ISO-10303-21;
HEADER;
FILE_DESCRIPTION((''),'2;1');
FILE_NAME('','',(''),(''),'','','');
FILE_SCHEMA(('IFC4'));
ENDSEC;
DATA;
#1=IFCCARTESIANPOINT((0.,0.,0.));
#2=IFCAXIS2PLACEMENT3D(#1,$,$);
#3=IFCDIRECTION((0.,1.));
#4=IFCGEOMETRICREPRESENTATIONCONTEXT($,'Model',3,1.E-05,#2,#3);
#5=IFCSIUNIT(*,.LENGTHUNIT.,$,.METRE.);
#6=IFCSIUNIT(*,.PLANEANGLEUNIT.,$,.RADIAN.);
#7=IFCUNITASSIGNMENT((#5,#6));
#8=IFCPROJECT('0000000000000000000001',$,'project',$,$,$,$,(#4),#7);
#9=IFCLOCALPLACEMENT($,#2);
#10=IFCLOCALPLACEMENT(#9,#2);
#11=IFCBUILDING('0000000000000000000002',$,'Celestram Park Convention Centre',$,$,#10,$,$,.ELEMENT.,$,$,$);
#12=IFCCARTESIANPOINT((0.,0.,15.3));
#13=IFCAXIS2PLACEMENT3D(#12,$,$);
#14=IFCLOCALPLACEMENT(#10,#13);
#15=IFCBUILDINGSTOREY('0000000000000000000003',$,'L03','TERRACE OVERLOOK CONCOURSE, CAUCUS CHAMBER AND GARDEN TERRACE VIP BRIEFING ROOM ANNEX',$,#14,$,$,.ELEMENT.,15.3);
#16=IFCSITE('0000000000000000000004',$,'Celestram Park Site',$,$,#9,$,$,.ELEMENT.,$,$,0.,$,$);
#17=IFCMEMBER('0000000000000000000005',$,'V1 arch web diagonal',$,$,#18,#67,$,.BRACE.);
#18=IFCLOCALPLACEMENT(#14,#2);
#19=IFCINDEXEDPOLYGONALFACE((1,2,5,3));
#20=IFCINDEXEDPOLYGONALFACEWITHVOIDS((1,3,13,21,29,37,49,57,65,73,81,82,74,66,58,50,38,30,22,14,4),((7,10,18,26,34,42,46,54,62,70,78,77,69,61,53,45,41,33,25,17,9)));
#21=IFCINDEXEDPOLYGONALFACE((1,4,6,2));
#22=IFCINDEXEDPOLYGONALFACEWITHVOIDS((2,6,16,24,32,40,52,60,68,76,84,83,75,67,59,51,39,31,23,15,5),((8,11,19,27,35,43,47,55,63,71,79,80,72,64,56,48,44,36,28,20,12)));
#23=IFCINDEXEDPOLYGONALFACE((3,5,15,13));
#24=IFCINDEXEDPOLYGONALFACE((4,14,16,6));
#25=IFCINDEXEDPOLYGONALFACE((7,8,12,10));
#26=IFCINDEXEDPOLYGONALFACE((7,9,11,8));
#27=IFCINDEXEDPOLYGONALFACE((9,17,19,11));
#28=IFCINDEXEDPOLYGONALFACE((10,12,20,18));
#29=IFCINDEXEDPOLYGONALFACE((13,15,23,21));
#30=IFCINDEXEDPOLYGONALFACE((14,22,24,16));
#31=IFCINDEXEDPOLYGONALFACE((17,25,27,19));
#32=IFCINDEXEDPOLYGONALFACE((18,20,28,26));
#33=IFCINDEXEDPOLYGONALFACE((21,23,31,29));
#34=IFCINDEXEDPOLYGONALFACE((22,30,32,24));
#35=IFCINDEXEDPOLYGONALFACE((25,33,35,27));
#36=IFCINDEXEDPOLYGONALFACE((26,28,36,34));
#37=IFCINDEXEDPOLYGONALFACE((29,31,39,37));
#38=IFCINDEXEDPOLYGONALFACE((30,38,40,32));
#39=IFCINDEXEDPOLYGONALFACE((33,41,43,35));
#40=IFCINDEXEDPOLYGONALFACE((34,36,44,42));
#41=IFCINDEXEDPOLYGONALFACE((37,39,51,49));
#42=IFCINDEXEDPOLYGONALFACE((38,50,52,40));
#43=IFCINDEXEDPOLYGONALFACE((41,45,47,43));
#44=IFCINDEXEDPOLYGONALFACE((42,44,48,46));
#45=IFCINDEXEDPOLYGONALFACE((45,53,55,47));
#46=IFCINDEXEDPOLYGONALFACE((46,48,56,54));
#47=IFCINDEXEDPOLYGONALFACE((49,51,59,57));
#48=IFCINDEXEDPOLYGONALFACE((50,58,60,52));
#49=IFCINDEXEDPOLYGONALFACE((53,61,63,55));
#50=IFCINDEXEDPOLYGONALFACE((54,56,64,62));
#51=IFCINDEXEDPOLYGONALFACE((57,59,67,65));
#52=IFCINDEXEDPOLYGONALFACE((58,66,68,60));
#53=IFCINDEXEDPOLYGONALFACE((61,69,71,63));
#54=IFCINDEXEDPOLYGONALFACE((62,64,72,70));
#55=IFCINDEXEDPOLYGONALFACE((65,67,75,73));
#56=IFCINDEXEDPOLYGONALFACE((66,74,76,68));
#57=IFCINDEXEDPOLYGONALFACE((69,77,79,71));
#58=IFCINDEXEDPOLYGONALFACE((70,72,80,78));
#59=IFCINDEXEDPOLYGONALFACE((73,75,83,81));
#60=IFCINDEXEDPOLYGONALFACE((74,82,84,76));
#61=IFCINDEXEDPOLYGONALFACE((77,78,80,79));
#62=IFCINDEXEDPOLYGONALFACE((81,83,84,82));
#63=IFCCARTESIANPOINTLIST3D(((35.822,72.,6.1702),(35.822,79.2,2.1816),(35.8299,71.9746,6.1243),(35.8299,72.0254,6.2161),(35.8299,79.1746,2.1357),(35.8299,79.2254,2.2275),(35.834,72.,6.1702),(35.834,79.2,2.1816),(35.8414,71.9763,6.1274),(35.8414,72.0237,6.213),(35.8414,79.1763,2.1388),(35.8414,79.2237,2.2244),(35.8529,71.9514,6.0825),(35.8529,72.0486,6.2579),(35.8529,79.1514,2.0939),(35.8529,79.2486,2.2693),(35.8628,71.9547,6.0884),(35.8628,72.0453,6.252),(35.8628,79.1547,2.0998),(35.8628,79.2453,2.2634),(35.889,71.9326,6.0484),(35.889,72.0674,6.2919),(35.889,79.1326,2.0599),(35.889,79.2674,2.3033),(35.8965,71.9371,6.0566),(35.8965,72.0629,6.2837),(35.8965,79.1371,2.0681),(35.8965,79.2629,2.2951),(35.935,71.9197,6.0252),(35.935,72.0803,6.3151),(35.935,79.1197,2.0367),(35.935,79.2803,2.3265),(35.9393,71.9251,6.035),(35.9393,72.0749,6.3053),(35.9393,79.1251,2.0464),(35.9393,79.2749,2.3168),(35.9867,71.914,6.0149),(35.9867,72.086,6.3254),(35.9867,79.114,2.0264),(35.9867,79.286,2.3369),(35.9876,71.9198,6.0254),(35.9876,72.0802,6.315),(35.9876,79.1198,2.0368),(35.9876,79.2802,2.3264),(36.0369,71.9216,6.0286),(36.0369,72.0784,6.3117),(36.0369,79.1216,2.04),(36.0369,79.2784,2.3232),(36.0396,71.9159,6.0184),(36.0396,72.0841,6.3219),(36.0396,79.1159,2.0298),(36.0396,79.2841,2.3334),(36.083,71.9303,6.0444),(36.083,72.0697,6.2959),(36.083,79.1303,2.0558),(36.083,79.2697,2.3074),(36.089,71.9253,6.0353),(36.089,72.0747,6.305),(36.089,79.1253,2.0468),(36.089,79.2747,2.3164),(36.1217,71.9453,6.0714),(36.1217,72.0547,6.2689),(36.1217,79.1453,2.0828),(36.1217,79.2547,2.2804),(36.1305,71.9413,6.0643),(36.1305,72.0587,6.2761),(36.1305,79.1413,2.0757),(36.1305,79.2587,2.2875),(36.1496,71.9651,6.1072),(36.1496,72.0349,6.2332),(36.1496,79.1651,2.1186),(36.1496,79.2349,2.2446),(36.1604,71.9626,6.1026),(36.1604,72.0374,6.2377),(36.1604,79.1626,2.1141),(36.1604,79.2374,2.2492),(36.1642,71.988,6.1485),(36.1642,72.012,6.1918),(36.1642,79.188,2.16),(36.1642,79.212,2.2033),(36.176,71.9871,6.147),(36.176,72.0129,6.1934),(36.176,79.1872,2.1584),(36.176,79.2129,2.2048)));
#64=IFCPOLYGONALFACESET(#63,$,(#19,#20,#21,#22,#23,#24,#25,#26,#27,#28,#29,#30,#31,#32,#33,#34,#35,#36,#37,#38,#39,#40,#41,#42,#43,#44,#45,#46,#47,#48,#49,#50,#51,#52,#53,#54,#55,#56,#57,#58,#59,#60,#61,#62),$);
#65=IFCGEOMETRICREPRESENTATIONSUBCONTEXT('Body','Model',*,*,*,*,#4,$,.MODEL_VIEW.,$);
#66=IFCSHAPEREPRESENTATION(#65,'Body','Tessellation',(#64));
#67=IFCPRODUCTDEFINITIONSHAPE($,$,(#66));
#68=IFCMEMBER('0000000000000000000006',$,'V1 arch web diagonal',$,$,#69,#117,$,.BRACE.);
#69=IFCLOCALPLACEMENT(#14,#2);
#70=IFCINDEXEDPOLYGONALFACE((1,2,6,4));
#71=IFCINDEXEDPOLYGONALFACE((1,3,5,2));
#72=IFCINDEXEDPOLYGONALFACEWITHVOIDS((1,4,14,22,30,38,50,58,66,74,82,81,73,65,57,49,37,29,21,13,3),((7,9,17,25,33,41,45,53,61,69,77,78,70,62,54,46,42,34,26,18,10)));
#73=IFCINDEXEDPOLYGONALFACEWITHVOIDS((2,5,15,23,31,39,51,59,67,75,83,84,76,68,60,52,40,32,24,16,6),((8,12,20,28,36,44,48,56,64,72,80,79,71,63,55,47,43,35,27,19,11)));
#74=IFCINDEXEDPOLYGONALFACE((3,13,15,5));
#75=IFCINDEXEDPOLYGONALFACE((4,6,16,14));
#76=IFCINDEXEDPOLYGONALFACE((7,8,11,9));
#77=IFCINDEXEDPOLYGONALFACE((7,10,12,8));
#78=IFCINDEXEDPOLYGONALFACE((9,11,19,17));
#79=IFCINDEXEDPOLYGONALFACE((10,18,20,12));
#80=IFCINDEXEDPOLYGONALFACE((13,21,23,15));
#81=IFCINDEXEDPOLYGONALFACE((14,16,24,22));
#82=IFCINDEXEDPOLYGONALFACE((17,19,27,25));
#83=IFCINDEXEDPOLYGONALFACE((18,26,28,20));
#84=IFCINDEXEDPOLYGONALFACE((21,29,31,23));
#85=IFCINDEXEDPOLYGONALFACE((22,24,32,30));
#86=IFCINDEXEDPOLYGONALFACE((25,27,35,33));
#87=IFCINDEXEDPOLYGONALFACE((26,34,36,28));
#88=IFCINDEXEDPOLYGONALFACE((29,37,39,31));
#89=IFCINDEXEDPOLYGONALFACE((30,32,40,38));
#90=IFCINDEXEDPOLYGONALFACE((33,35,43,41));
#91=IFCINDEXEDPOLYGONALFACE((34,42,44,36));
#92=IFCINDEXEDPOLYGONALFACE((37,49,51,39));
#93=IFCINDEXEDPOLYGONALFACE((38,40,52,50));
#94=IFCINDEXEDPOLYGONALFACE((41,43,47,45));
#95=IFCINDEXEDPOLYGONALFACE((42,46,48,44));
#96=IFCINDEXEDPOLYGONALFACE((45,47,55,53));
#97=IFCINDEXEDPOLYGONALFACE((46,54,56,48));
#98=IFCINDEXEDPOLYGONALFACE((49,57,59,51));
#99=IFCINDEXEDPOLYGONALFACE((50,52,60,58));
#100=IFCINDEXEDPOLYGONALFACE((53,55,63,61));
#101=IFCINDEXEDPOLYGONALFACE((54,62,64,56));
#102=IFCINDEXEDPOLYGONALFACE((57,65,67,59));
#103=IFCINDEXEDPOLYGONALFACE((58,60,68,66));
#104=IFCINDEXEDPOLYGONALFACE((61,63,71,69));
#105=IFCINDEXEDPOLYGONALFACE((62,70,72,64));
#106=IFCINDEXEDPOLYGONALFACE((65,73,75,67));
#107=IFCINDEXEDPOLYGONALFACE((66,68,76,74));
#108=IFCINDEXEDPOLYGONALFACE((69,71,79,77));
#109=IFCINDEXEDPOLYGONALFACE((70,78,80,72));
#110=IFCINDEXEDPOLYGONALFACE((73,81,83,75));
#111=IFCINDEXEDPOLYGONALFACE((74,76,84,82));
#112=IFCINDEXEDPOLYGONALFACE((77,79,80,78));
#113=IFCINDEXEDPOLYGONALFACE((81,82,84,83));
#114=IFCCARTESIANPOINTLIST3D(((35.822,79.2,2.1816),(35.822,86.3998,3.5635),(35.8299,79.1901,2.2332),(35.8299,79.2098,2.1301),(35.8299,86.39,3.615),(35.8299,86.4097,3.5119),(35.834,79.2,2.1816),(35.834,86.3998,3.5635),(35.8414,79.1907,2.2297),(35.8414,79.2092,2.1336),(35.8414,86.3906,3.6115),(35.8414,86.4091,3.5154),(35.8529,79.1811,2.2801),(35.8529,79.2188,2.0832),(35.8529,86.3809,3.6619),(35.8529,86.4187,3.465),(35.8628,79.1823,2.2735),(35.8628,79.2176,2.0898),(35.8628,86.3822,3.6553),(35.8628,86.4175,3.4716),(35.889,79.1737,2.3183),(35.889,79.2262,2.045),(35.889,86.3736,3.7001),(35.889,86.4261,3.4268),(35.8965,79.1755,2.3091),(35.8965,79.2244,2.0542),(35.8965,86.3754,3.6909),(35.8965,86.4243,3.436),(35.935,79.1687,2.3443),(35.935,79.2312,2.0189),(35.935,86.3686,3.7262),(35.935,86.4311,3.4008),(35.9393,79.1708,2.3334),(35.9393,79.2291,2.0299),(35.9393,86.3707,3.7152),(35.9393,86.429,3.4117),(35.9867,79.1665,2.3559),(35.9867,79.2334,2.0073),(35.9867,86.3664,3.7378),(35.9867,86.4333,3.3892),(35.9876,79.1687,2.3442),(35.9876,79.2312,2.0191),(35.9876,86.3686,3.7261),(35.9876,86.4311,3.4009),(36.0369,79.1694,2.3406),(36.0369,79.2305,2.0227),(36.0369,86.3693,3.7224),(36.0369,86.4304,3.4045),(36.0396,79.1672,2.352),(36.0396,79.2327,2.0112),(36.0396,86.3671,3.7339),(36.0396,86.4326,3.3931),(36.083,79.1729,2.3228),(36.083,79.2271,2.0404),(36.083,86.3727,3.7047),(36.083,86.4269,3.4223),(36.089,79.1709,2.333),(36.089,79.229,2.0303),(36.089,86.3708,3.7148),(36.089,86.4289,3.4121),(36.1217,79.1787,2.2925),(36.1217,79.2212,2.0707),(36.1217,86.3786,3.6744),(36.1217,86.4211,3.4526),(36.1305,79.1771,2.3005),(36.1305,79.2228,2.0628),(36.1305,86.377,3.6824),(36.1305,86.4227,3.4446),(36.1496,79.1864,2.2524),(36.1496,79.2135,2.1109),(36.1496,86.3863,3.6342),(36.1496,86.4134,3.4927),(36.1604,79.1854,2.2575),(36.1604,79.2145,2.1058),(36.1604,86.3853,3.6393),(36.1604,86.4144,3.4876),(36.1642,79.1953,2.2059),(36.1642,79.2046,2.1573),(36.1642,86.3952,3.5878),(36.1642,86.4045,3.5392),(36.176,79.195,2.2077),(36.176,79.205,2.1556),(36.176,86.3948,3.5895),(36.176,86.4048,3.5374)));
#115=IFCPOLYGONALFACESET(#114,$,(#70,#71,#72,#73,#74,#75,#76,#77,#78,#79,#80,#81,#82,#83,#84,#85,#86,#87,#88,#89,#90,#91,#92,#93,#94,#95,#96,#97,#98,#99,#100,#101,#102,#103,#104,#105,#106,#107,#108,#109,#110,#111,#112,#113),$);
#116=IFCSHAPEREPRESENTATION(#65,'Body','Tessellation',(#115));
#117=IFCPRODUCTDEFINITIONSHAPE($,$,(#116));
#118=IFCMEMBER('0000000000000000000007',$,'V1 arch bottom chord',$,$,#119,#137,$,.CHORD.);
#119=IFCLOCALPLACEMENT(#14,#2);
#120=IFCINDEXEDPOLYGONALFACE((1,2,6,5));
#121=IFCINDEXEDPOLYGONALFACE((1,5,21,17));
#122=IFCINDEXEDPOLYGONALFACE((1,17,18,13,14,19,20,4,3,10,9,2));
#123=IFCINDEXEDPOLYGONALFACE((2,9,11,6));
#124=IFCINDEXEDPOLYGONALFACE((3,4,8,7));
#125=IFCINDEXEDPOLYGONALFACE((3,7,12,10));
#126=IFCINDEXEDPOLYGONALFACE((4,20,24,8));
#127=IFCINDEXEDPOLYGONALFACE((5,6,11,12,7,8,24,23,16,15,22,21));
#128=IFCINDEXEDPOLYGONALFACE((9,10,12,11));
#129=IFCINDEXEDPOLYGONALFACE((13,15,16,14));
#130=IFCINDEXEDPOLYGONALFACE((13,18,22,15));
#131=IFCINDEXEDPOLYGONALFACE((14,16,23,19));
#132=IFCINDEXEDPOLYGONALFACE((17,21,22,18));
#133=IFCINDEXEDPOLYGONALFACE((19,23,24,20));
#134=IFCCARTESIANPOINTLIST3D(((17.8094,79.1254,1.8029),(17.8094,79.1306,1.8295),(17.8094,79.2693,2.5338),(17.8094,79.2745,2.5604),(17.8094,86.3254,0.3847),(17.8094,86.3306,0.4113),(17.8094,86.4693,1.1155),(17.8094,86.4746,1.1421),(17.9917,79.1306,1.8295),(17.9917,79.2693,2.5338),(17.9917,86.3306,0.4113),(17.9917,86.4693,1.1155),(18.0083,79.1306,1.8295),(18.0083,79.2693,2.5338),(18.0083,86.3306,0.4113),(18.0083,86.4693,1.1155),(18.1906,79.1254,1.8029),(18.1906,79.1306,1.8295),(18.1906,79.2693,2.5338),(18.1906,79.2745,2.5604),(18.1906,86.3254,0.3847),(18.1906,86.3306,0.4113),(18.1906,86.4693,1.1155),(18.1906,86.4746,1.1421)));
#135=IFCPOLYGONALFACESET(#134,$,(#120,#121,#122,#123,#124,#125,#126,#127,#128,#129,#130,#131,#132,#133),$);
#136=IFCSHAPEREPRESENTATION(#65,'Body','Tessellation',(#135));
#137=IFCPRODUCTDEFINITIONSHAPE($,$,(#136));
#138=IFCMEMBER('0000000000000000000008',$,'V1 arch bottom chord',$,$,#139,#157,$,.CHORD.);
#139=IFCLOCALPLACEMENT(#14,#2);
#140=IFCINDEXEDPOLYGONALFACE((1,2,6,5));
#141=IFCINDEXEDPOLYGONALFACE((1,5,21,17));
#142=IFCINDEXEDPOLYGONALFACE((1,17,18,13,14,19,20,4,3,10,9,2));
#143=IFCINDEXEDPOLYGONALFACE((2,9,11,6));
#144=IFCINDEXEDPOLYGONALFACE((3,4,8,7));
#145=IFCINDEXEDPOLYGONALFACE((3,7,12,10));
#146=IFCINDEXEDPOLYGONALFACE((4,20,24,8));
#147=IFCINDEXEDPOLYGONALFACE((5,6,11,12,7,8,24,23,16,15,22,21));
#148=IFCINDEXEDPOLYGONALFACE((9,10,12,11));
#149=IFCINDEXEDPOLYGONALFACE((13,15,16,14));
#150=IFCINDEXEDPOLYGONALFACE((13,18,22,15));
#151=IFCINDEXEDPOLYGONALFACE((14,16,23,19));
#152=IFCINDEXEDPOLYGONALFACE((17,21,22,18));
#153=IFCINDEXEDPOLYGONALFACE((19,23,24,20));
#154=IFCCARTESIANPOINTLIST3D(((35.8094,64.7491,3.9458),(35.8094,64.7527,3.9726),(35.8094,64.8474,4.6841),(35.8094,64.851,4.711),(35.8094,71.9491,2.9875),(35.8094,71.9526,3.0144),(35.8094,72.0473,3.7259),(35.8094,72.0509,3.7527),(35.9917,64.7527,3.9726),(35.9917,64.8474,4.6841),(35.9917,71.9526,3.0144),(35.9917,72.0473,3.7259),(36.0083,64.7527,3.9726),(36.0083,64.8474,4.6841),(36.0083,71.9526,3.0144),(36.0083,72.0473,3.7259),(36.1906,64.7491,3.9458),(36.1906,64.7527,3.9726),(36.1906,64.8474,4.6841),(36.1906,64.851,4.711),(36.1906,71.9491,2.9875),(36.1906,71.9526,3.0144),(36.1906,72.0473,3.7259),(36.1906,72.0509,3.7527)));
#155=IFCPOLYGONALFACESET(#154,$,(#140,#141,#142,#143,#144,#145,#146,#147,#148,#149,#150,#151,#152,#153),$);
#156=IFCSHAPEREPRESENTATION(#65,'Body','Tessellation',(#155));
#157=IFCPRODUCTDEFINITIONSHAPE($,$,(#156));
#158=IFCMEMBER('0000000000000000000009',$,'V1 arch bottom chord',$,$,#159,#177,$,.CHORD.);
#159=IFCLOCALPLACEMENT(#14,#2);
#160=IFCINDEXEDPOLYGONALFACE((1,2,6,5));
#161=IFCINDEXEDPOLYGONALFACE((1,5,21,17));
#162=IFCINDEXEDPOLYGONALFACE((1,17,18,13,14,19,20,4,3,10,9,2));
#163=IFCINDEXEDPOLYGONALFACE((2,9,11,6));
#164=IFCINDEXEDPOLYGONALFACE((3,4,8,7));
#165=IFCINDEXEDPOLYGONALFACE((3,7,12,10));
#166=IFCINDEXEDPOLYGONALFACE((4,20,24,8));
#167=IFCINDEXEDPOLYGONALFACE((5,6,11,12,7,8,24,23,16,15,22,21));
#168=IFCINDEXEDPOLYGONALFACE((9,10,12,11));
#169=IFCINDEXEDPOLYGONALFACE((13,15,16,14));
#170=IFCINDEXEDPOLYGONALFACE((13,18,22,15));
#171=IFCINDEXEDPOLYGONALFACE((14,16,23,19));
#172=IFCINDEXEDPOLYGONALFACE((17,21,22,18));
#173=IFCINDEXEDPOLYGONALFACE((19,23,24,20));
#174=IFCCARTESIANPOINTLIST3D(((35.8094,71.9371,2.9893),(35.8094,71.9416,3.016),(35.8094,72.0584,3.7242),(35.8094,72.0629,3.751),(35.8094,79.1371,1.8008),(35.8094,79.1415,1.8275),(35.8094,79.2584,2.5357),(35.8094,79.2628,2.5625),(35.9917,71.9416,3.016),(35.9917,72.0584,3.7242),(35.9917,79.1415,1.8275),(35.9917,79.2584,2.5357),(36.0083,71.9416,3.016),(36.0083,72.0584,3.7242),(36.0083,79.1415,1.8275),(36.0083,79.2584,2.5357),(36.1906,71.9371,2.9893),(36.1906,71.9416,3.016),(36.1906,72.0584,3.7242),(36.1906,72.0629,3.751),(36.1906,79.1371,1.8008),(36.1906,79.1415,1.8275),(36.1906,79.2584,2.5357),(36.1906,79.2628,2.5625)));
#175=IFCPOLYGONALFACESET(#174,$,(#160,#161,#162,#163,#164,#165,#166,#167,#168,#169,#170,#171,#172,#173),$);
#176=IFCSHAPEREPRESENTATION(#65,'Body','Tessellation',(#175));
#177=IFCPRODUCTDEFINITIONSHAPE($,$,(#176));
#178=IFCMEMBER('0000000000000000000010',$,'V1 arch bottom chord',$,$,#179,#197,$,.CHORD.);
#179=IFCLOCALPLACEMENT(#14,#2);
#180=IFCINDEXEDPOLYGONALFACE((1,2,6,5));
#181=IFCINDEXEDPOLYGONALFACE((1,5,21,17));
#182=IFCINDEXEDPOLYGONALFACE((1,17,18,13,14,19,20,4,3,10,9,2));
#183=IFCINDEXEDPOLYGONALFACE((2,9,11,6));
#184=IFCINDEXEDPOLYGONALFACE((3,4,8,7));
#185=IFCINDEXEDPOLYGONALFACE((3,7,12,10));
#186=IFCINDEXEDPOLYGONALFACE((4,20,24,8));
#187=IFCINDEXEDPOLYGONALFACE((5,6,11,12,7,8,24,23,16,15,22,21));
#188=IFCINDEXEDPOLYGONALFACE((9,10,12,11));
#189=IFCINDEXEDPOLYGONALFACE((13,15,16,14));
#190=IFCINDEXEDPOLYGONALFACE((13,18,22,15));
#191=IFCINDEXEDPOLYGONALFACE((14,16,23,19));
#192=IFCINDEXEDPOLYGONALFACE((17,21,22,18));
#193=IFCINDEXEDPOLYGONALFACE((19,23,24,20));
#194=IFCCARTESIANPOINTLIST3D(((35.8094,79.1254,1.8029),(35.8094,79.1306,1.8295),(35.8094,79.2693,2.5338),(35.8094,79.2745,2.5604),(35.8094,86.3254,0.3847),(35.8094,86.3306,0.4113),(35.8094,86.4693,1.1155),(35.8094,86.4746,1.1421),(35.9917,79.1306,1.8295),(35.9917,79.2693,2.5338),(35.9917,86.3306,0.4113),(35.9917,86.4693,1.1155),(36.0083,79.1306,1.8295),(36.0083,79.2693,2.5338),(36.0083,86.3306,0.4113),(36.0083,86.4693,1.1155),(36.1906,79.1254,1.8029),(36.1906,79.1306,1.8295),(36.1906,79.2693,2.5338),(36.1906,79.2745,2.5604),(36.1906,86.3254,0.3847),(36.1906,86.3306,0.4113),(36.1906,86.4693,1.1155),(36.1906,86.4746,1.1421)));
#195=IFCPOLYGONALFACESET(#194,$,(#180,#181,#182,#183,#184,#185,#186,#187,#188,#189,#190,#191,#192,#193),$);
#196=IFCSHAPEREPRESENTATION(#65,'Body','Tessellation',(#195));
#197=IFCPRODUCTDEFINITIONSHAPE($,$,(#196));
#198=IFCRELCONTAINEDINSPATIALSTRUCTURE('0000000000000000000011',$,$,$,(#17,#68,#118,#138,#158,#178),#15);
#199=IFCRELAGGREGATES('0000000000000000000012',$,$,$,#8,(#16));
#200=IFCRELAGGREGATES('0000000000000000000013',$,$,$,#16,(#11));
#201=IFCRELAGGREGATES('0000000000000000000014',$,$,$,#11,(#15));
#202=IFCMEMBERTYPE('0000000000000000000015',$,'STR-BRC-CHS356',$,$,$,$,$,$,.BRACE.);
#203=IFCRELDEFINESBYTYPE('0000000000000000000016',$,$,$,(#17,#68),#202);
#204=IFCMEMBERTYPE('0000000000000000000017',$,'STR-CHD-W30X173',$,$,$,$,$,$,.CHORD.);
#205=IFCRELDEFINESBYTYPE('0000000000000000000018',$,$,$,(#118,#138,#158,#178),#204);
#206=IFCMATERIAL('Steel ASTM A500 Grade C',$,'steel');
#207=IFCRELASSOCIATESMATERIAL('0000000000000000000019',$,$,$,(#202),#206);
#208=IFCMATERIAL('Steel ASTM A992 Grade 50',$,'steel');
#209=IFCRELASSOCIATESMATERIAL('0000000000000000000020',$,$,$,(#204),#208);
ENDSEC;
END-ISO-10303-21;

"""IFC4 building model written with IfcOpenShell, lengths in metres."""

from ifc_helpers import new_model, si_unit, direction, frame, origin, origin_2d, place, context, subcontext, project, spatial, hollow_circle, i_section, extrude, material, material_profile, profile_set, type_object, element, save


model = new_model("IFC4")

# Units and contexts
model_context = context("Model", 3, precision=1e-05, world=origin(), true_north=direction((0.0, 1.0)))
body_context = subcontext(model_context, "Body", "Model", "MODEL_VIEW")
ifc_project = project(units=[si_unit("LENGTHUNIT", "METRE"), si_unit("PLANEANGLEUNIT", "RADIAN")], contexts=[model_context])

# Site, building, storey
site_placement = place(None, origin())
site = spatial("IfcSite", under=ifc_project, at=site_placement, Name="Celestram Park Site", CompositionType="ELEMENT", RefElevation=0.0)
building_placement = place(site_placement, origin())
building = spatial("IfcBuilding", under=site, at=building_placement, Name="Celestram Park Convention Centre", CompositionType="ELEMENT")
storey_placement = place(building_placement, frame((0.0, 0.0, 15.3)))
storey = spatial("IfcBuildingStorey", under=building, at=storey_placement, Name="L03", Description="TERRACE OVERLOOK CONCOURSE, CAUCUS CHAMBER AND GARDEN TERRACE VIP BRIEFING ROOM ANNEX", CompositionType="ELEMENT", Elevation=15.3)

# Members
ifc_material_1 = material(Name="Steel ASTM A500 Grade C", Category="steel")
ifc_material_profile_1 = material_profile(ifc_material_1, hollow_circle(Radius=0.178, WallThickness=0.012, at=origin_2d()), Name="CHS356X12")
ifc_profile_set_1 = profile_set([ifc_material_profile_1], Name="Steel ASTM A500 Grade C")
member_type_1 = type_object("IfcMemberType", Name="STR-BRC-CHS356", PredefinedType="BRACE", material=ifc_profile_set_1)
member_1_placement = place(storey_placement, frame((36.0, 72.0, 6.1702), z_axis=(0.0, 0.874747, -0.48458), x_axis=(-1.0, 0.0, 0.0)))
element("IfcMember", 1, at=member_1_placement, inside=storey, type_object=member_type_1, Name="V1 arch web diagonal", PredefinedType="BRACE", context=body_context, shape_type="SweptSolid", body=[
    extrude(hollow_circle(Radius=0.178, WallThickness=0.012, at=origin_2d()), origin(), (0.0, 0.0, 1.0), 8.231),
])
member_2_placement = place(storey_placement, frame((36.0, 79.2, 2.1816), z_axis=(0.0, 0.982076, 0.188483), x_axis=(-1.0, 0.0, 0.0)))
element("IfcMember", 2, at=member_2_placement, inside=storey, type_object=member_type_1, Name="V1 arch web diagonal", PredefinedType="BRACE", context=body_context, shape_type="SweptSolid", body=[
    extrude(hollow_circle(Radius=0.178, WallThickness=0.012, at=origin_2d()), origin(), (0.0, 0.0, 1.0), 7.3313),
])
ifc_material_2 = material(Name="Steel ASTM A992 Grade 50", Category="steel")
ifc_material_profile_2 = material_profile(ifc_material_2, i_section(OverallWidth=0.3811, OverallDepth=0.772, WebThickness=0.0166, FlangeThickness=0.0271, at=origin_2d()), Name="W30X173")
ifc_profile_set_2 = profile_set([ifc_material_profile_2], Name="Steel ASTM A992 Grade 50")
member_type_2 = type_object("IfcMemberType", Name="STR-CHD-W30X173", PredefinedType="CHORD", material=ifc_profile_set_2)
member_3_placement = place(storey_placement, frame((18.0, 79.2, 2.1816), z_axis=(0.0, 0.981147, -0.193262), x_axis=(-1.0, 0.0, 0.0)))
element("IfcMember", 3, at=member_3_placement, inside=storey, type_object=member_type_2, Name="V1 arch bottom chord", PredefinedType="CHORD", context=body_context, shape_type="SweptSolid", body=[
    extrude(i_section(OverallWidth=0.3811, OverallDepth=0.772, WebThickness=0.0166, FlangeThickness=0.0271, at=origin_2d()), origin(), (0.0, 0.0, 1.0), 7.3384),
])
member_4_placement = place(storey_placement, frame((36.0, 64.8, 4.3284), z_axis=(0.0, 0.991259, -0.131928), x_axis=(-1.0, 0.0, 0.0)))
element("IfcMember", 4, at=member_4_placement, inside=storey, type_object=member_type_2, Name="V1 arch bottom chord", PredefinedType="CHORD", context=body_context, shape_type="SweptSolid", body=[
    extrude(i_section(OverallWidth=0.3811, OverallDepth=0.772, WebThickness=0.0166, FlangeThickness=0.0271, at=origin_2d()), origin(), (0.0, 0.0, 1.0), 7.2634),
])
member_5_placement = place(storey_placement, frame((36.0, 72.0, 3.3701), z_axis=(0.0, 0.986649, -0.162863), x_axis=(-1.0, 0.0, 0.0)))
element("IfcMember", 5, at=member_5_placement, inside=storey, type_object=member_type_2, Name="V1 arch bottom chord", PredefinedType="CHORD", context=body_context, shape_type="SweptSolid", body=[
    extrude(i_section(OverallWidth=0.3811, OverallDepth=0.772, WebThickness=0.0166, FlangeThickness=0.0271, at=origin_2d()), origin(), (0.0, 0.0, 1.0), 7.2974),
])
member_6_placement = place(storey_placement, frame((36.0, 79.2, 2.1816), z_axis=(0.0, 0.981147, -0.193262), x_axis=(-1.0, 0.0, 0.0)))
element("IfcMember", 6, at=member_6_placement, inside=storey, type_object=member_type_2, Name="V1 arch bottom chord", PredefinedType="CHORD", context=body_context, shape_type="SweptSolid", body=[
    extrude(i_section(OverallWidth=0.3811, OverallDepth=0.772, WebThickness=0.0166, FlangeThickness=0.0271, at=origin_2d()), origin(), (0.0, 0.0, 1.0), 7.3384),
])

save(model, "model.ifc")
